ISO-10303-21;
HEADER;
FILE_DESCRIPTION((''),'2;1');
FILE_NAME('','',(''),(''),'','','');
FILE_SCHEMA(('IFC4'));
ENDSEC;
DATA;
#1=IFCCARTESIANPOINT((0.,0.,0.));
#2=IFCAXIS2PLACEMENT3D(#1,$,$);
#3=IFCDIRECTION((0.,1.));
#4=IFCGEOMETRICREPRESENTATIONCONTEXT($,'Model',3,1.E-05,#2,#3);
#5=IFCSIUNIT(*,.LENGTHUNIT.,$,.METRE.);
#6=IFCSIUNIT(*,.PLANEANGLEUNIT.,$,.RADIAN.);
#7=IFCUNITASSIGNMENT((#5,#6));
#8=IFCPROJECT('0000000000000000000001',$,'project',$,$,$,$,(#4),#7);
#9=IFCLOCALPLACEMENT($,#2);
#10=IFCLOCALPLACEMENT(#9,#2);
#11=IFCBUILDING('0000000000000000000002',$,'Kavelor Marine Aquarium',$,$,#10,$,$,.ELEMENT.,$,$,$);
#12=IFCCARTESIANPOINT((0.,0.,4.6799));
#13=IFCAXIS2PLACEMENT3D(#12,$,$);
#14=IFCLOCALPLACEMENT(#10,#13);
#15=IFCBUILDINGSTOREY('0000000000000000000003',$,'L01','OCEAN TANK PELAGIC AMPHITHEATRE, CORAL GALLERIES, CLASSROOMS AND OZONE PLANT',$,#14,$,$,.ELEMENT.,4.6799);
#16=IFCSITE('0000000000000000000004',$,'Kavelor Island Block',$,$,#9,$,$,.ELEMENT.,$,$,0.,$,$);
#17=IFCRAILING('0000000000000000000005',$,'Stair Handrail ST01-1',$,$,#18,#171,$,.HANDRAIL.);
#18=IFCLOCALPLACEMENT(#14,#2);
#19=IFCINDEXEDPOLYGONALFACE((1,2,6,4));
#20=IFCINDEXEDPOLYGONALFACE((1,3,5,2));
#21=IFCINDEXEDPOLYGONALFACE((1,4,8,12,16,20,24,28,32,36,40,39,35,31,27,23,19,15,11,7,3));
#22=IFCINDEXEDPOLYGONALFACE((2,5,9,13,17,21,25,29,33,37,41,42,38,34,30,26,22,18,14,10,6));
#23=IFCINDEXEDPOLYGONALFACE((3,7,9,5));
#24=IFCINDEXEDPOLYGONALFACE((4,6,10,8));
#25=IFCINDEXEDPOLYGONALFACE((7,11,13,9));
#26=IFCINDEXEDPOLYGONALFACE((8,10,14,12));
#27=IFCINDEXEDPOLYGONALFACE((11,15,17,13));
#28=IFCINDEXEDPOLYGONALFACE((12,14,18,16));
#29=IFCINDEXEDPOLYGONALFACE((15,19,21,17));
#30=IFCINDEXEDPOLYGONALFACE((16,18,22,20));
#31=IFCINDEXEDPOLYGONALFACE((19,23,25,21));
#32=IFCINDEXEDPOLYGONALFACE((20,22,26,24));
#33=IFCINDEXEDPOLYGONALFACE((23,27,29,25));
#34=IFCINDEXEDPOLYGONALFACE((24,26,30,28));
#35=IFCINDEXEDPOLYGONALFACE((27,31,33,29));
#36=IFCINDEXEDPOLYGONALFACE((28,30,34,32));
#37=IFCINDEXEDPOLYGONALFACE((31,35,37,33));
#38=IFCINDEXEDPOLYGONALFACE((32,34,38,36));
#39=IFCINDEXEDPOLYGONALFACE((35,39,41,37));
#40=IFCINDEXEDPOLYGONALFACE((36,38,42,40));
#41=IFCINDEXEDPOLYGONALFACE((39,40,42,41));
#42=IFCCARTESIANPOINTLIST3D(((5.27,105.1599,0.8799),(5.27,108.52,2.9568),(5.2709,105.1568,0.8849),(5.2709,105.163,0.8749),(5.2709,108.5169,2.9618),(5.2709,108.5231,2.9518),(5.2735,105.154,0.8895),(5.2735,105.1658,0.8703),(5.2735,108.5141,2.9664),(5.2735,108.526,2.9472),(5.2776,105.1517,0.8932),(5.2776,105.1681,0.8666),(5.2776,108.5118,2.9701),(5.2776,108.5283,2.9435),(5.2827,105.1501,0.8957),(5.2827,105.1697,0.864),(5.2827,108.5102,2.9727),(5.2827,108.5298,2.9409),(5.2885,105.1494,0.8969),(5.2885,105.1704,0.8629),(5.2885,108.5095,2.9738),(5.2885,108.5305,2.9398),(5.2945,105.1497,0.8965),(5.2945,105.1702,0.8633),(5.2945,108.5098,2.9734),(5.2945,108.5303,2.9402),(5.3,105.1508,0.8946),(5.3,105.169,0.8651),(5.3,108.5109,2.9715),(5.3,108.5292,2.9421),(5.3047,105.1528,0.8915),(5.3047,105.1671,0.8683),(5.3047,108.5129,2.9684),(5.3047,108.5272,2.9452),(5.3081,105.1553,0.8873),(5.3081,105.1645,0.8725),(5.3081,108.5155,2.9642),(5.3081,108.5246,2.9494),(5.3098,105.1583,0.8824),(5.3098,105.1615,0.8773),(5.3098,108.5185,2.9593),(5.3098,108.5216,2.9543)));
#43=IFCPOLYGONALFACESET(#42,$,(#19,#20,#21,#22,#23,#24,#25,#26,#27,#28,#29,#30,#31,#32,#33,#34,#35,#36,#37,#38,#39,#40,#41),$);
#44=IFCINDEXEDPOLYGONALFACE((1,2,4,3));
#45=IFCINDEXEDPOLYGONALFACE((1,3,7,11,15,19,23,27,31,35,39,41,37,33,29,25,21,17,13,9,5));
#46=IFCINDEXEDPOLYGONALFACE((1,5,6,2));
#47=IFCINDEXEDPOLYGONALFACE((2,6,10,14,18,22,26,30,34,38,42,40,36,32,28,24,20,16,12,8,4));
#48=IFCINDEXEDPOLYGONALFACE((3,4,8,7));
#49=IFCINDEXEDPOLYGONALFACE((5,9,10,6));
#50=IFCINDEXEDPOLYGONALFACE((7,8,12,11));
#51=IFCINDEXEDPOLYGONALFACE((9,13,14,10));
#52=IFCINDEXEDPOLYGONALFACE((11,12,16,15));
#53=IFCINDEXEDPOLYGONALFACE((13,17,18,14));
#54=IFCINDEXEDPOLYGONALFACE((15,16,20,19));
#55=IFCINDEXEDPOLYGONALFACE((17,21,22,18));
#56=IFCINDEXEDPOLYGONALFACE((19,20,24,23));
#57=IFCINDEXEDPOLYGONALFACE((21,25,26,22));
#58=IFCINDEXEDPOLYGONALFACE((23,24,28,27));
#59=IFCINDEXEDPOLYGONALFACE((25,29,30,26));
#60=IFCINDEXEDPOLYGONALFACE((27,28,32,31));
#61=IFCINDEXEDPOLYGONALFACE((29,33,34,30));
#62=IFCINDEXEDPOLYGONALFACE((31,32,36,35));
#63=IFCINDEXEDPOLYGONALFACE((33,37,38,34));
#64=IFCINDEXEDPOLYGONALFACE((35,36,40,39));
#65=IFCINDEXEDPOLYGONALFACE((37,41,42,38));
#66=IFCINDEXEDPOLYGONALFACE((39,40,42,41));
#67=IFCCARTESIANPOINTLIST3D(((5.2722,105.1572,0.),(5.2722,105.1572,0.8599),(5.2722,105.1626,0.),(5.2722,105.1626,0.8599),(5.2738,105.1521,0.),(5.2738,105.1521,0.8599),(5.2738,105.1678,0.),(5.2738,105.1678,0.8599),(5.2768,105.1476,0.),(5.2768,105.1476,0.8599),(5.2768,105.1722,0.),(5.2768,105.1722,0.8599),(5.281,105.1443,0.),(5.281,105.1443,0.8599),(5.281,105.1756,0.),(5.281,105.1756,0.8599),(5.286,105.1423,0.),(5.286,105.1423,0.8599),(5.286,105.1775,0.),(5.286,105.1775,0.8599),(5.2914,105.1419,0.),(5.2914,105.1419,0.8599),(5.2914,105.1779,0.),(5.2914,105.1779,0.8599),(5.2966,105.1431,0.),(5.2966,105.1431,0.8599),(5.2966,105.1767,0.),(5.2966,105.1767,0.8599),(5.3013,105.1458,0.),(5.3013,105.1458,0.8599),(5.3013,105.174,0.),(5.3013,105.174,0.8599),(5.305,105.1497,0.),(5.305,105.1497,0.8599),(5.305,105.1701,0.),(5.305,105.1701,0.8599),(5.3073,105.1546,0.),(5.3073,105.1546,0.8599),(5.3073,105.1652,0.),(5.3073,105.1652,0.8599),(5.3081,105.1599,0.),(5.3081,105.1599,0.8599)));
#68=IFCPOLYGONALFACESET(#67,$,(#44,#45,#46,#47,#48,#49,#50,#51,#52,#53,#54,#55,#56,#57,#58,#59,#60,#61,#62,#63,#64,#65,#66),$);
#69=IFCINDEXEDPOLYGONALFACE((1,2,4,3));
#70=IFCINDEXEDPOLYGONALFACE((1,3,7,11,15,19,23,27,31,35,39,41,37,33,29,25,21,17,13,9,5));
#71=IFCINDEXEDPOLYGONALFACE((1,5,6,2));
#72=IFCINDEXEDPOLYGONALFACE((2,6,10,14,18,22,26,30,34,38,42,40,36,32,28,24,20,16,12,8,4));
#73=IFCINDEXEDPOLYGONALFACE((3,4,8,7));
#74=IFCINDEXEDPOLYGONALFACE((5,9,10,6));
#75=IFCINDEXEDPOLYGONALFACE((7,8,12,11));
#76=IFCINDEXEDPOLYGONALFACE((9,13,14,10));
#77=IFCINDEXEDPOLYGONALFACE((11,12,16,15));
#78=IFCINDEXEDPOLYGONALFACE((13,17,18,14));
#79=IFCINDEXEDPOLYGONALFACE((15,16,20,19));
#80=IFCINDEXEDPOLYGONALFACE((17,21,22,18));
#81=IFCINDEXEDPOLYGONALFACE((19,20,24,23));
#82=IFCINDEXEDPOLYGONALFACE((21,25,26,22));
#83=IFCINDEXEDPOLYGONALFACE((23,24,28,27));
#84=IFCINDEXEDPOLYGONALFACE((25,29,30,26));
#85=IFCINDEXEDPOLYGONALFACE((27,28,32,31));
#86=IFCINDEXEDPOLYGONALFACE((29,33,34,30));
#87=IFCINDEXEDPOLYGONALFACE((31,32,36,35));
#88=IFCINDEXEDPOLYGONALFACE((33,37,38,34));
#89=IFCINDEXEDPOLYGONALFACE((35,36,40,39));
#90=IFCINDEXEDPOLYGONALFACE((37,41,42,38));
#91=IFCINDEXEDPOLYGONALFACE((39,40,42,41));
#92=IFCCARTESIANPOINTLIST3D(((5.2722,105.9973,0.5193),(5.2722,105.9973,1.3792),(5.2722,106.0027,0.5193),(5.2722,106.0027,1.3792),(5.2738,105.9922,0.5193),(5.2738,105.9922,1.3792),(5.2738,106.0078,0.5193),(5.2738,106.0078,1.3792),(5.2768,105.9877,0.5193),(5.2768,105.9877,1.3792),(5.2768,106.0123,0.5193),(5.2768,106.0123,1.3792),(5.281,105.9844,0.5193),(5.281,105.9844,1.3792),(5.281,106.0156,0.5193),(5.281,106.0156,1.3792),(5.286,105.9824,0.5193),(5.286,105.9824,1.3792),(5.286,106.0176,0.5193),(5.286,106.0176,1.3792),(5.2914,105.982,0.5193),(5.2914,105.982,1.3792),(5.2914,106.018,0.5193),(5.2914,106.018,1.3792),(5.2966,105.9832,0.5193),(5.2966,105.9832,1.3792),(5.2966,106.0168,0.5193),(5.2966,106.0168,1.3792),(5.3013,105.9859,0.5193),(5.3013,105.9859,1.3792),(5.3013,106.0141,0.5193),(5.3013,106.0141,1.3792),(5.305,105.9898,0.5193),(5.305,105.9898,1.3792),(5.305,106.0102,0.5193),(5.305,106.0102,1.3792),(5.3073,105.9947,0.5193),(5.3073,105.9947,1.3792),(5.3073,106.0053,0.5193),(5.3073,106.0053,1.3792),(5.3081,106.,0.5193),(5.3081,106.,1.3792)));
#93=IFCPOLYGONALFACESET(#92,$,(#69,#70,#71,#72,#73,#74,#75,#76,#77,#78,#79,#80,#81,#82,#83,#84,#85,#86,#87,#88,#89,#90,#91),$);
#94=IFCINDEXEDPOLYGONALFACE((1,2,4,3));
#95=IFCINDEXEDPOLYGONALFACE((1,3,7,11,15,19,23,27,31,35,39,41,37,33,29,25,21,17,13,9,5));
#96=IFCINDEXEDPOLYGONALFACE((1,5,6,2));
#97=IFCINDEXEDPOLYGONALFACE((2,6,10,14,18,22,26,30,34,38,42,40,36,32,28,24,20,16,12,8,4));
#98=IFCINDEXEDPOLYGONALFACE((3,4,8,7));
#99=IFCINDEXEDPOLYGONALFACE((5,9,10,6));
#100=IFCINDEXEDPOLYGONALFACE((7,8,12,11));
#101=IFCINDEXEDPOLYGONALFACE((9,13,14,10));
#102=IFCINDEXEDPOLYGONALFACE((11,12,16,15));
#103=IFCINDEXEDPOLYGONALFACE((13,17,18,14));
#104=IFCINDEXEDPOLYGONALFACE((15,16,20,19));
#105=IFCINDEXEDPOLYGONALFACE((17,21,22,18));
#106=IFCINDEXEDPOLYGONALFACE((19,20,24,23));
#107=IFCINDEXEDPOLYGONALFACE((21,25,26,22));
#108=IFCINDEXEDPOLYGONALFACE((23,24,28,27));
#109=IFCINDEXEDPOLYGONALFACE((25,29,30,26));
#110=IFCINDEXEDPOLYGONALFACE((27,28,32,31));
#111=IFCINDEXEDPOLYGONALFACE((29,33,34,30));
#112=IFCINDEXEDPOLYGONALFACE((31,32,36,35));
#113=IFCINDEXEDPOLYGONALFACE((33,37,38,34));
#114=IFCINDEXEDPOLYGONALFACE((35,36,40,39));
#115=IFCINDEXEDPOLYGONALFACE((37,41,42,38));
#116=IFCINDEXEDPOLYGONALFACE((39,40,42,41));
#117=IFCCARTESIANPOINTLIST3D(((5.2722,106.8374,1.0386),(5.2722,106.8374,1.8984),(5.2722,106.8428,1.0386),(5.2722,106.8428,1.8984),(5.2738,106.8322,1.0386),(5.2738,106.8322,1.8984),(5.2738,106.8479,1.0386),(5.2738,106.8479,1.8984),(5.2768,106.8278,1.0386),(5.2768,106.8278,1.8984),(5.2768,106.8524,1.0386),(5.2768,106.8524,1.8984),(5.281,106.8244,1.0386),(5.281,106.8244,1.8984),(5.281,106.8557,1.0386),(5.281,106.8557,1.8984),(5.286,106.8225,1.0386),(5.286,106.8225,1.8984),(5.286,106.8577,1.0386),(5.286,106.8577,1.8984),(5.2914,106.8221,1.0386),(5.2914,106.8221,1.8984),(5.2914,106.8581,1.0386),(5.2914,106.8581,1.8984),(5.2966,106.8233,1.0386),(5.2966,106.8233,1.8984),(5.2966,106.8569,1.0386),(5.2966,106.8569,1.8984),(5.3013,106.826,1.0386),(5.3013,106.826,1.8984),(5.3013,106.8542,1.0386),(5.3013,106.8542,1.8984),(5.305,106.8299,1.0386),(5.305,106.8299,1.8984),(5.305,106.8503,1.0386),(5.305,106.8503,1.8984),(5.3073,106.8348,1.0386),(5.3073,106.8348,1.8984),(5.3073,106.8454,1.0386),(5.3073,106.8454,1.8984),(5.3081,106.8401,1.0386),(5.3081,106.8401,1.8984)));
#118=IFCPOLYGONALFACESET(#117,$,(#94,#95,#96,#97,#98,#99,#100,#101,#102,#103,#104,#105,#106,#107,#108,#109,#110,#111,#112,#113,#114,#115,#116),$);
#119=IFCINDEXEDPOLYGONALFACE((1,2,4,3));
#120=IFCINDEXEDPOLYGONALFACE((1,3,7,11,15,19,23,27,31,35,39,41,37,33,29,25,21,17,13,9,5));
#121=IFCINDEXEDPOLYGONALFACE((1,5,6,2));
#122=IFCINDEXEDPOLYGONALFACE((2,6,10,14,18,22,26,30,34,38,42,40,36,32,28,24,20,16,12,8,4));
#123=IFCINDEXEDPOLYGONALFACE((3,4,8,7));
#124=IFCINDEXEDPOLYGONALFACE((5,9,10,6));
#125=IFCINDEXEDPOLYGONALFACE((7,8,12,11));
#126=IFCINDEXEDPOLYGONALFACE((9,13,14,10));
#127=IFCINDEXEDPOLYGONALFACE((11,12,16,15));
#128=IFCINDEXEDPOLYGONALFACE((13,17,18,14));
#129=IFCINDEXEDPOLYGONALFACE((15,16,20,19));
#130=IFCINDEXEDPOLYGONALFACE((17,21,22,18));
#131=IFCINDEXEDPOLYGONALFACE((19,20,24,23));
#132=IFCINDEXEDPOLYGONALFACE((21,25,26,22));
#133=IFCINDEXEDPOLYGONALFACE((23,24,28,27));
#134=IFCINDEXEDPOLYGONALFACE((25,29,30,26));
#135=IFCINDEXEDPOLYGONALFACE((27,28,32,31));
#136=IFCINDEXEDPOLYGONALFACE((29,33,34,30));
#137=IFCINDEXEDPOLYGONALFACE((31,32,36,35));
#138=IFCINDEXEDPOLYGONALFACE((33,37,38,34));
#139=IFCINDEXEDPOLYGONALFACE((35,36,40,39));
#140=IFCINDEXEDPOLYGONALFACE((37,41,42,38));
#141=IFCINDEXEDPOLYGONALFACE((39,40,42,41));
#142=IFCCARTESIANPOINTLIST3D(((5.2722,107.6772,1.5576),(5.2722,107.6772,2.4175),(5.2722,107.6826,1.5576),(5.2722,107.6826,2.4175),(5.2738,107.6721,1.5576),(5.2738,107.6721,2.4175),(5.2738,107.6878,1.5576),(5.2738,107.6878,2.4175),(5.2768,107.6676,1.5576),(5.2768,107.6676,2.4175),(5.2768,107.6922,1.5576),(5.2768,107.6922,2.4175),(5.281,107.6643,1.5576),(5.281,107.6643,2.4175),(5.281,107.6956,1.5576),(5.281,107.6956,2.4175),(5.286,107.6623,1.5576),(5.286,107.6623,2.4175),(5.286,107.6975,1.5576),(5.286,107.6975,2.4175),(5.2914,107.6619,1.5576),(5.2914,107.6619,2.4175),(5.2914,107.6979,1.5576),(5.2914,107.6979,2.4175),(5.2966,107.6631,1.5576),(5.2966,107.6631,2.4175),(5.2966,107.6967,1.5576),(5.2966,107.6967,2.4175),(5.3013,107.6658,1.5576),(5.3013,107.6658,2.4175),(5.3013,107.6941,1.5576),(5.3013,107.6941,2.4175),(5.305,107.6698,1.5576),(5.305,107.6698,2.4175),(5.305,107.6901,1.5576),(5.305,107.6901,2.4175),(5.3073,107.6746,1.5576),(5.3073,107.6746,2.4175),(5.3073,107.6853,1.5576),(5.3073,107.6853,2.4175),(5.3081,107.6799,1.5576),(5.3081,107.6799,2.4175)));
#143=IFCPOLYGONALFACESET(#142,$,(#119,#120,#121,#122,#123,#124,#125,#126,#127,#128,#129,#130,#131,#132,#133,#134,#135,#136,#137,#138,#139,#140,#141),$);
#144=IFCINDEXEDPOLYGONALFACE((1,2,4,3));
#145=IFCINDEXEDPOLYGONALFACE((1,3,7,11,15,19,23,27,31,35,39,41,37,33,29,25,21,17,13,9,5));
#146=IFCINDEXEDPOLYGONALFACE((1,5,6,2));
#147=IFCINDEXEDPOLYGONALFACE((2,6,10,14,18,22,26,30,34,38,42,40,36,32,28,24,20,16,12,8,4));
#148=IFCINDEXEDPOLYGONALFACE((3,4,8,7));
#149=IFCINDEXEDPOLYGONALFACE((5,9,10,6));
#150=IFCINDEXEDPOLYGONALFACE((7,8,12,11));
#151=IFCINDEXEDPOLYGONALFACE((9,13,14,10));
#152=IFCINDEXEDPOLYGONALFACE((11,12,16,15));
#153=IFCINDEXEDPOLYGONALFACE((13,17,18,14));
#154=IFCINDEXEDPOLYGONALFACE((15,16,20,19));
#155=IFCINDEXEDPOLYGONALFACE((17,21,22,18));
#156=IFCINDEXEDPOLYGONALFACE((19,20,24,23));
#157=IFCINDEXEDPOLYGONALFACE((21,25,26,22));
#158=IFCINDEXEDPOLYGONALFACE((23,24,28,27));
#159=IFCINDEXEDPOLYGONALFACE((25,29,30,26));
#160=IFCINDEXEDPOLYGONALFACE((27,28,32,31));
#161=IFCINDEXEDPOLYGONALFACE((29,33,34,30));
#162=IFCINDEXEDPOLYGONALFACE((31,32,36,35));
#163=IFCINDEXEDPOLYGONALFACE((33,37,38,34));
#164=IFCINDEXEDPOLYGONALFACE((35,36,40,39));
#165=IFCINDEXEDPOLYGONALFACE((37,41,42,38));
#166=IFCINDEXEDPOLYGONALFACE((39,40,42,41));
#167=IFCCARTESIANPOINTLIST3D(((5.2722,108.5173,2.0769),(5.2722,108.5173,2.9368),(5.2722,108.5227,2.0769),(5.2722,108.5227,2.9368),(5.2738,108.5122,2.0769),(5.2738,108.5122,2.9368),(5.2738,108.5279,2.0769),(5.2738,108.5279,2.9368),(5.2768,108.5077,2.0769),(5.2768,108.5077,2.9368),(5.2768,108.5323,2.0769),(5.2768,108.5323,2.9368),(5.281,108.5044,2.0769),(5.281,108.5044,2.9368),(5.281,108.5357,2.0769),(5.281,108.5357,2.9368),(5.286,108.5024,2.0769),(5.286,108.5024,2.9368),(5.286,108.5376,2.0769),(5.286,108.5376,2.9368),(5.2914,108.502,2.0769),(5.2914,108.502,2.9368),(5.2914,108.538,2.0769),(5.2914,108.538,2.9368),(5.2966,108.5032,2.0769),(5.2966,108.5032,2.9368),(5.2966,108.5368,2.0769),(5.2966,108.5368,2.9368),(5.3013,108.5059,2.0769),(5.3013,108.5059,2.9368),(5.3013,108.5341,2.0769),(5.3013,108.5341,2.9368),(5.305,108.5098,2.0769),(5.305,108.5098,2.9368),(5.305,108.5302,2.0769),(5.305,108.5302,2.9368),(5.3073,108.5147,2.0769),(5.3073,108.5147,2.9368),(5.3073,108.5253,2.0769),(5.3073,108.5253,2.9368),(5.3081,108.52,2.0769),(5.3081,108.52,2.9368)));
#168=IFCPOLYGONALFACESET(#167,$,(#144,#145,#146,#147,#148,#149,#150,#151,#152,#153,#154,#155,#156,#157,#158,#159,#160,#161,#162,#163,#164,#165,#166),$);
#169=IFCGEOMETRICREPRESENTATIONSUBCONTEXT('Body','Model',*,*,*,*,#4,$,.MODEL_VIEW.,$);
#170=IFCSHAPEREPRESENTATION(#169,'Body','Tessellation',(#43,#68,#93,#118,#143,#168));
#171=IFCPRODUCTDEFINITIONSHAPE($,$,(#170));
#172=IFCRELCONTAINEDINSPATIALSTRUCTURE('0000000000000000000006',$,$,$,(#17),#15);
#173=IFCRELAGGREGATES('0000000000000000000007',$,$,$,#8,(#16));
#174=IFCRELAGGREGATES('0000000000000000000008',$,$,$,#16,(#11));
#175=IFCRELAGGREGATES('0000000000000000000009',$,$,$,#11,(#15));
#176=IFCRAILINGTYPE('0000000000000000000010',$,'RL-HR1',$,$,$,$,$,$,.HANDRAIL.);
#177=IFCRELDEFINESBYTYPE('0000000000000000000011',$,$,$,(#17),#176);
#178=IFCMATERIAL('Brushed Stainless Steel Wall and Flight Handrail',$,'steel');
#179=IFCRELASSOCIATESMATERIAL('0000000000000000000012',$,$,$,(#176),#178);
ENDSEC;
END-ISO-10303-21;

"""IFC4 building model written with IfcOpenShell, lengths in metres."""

from ifc_helpers import new_model, si_unit, direction, frame, origin, origin_2d, place, context, subcontext, project, spatial, circle, extrude, material, type_object, element, save


model = new_model("IFC4")

# Units and contexts
model_context = context("Model", 3, precision=1e-05, world=origin(), true_north=direction((0.0, 1.0)))
body_context = subcontext(model_context, "Body", "Model", "MODEL_VIEW")
ifc_project = project(units=[si_unit("LENGTHUNIT", "METRE"), si_unit("PLANEANGLEUNIT", "RADIAN")], contexts=[model_context])

# Site, building, storey
site_placement = place(None, origin())
site = spatial("IfcSite", under=ifc_project, at=site_placement, Name="Kavelor Island Block", CompositionType="ELEMENT", RefElevation=0.0)
building_placement = place(site_placement, origin())
building = spatial("IfcBuilding", under=site, at=building_placement, Name="Kavelor Marine Aquarium", CompositionType="ELEMENT")
storey_placement = place(building_placement, frame((0.0, 0.0, 4.6799)))
storey = spatial("IfcBuildingStorey", under=building, at=storey_placement, Name="L01", Description="OCEAN TANK PELAGIC AMPHITHEATRE, CORAL GALLERIES, CLASSROOMS AND OZONE PLANT", CompositionType="ELEMENT", Elevation=4.6799)

# Railing
ifc_material_1 = material(Name="Brushed Stainless Steel Wall and Flight Handrail", Category="steel")
railing_type_1 = type_object("IfcRailingType", Name="RL-HR1", PredefinedType="HANDRAIL", material=ifc_material_1)
railing_1_placement = place(storey_placement, frame((5.29, 105.1599, 0.0)))
element("IfcRailing", 1, at=railing_1_placement, inside=storey, type_object=railing_type_1, Name="Stair Handrail ST01-1", PredefinedType="HANDRAIL", context=body_context, shape_type="SweptSolid", body=[
    extrude(circle(Radius=0.02, at=origin_2d()), frame((0.0, 0.0, 0.8799), z_axis=(0.0, 0.850623, 0.525776), x_axis=(-1.0, 0.0, 0.0)), (0.0, 0.0, 1.0), 3.9502),
    extrude(circle(Radius=0.0181, at=origin_2d()), origin(), (0.0, 0.0, 1.0), 0.8599),
    extrude(circle(Radius=0.0181, at=origin_2d()), frame((0.0, 0.8401, 0.5193)), (0.0, 0.0, 1.0), 0.8599),
    extrude(circle(Radius=0.0181, at=origin_2d()), frame((0.0, 1.6802, 1.0386)), (0.0, 0.0, 1.0), 0.8599),
    extrude(circle(Radius=0.0181, at=origin_2d()), frame((0.0, 2.52, 1.5576)), (0.0, 0.0, 1.0), 0.8599),
    extrude(circle(Radius=0.0181, at=origin_2d()), frame((0.0, 3.3601, 2.0769)), (0.0, 0.0, 1.0), 0.8599),
])

save(model, "model.ifc")
